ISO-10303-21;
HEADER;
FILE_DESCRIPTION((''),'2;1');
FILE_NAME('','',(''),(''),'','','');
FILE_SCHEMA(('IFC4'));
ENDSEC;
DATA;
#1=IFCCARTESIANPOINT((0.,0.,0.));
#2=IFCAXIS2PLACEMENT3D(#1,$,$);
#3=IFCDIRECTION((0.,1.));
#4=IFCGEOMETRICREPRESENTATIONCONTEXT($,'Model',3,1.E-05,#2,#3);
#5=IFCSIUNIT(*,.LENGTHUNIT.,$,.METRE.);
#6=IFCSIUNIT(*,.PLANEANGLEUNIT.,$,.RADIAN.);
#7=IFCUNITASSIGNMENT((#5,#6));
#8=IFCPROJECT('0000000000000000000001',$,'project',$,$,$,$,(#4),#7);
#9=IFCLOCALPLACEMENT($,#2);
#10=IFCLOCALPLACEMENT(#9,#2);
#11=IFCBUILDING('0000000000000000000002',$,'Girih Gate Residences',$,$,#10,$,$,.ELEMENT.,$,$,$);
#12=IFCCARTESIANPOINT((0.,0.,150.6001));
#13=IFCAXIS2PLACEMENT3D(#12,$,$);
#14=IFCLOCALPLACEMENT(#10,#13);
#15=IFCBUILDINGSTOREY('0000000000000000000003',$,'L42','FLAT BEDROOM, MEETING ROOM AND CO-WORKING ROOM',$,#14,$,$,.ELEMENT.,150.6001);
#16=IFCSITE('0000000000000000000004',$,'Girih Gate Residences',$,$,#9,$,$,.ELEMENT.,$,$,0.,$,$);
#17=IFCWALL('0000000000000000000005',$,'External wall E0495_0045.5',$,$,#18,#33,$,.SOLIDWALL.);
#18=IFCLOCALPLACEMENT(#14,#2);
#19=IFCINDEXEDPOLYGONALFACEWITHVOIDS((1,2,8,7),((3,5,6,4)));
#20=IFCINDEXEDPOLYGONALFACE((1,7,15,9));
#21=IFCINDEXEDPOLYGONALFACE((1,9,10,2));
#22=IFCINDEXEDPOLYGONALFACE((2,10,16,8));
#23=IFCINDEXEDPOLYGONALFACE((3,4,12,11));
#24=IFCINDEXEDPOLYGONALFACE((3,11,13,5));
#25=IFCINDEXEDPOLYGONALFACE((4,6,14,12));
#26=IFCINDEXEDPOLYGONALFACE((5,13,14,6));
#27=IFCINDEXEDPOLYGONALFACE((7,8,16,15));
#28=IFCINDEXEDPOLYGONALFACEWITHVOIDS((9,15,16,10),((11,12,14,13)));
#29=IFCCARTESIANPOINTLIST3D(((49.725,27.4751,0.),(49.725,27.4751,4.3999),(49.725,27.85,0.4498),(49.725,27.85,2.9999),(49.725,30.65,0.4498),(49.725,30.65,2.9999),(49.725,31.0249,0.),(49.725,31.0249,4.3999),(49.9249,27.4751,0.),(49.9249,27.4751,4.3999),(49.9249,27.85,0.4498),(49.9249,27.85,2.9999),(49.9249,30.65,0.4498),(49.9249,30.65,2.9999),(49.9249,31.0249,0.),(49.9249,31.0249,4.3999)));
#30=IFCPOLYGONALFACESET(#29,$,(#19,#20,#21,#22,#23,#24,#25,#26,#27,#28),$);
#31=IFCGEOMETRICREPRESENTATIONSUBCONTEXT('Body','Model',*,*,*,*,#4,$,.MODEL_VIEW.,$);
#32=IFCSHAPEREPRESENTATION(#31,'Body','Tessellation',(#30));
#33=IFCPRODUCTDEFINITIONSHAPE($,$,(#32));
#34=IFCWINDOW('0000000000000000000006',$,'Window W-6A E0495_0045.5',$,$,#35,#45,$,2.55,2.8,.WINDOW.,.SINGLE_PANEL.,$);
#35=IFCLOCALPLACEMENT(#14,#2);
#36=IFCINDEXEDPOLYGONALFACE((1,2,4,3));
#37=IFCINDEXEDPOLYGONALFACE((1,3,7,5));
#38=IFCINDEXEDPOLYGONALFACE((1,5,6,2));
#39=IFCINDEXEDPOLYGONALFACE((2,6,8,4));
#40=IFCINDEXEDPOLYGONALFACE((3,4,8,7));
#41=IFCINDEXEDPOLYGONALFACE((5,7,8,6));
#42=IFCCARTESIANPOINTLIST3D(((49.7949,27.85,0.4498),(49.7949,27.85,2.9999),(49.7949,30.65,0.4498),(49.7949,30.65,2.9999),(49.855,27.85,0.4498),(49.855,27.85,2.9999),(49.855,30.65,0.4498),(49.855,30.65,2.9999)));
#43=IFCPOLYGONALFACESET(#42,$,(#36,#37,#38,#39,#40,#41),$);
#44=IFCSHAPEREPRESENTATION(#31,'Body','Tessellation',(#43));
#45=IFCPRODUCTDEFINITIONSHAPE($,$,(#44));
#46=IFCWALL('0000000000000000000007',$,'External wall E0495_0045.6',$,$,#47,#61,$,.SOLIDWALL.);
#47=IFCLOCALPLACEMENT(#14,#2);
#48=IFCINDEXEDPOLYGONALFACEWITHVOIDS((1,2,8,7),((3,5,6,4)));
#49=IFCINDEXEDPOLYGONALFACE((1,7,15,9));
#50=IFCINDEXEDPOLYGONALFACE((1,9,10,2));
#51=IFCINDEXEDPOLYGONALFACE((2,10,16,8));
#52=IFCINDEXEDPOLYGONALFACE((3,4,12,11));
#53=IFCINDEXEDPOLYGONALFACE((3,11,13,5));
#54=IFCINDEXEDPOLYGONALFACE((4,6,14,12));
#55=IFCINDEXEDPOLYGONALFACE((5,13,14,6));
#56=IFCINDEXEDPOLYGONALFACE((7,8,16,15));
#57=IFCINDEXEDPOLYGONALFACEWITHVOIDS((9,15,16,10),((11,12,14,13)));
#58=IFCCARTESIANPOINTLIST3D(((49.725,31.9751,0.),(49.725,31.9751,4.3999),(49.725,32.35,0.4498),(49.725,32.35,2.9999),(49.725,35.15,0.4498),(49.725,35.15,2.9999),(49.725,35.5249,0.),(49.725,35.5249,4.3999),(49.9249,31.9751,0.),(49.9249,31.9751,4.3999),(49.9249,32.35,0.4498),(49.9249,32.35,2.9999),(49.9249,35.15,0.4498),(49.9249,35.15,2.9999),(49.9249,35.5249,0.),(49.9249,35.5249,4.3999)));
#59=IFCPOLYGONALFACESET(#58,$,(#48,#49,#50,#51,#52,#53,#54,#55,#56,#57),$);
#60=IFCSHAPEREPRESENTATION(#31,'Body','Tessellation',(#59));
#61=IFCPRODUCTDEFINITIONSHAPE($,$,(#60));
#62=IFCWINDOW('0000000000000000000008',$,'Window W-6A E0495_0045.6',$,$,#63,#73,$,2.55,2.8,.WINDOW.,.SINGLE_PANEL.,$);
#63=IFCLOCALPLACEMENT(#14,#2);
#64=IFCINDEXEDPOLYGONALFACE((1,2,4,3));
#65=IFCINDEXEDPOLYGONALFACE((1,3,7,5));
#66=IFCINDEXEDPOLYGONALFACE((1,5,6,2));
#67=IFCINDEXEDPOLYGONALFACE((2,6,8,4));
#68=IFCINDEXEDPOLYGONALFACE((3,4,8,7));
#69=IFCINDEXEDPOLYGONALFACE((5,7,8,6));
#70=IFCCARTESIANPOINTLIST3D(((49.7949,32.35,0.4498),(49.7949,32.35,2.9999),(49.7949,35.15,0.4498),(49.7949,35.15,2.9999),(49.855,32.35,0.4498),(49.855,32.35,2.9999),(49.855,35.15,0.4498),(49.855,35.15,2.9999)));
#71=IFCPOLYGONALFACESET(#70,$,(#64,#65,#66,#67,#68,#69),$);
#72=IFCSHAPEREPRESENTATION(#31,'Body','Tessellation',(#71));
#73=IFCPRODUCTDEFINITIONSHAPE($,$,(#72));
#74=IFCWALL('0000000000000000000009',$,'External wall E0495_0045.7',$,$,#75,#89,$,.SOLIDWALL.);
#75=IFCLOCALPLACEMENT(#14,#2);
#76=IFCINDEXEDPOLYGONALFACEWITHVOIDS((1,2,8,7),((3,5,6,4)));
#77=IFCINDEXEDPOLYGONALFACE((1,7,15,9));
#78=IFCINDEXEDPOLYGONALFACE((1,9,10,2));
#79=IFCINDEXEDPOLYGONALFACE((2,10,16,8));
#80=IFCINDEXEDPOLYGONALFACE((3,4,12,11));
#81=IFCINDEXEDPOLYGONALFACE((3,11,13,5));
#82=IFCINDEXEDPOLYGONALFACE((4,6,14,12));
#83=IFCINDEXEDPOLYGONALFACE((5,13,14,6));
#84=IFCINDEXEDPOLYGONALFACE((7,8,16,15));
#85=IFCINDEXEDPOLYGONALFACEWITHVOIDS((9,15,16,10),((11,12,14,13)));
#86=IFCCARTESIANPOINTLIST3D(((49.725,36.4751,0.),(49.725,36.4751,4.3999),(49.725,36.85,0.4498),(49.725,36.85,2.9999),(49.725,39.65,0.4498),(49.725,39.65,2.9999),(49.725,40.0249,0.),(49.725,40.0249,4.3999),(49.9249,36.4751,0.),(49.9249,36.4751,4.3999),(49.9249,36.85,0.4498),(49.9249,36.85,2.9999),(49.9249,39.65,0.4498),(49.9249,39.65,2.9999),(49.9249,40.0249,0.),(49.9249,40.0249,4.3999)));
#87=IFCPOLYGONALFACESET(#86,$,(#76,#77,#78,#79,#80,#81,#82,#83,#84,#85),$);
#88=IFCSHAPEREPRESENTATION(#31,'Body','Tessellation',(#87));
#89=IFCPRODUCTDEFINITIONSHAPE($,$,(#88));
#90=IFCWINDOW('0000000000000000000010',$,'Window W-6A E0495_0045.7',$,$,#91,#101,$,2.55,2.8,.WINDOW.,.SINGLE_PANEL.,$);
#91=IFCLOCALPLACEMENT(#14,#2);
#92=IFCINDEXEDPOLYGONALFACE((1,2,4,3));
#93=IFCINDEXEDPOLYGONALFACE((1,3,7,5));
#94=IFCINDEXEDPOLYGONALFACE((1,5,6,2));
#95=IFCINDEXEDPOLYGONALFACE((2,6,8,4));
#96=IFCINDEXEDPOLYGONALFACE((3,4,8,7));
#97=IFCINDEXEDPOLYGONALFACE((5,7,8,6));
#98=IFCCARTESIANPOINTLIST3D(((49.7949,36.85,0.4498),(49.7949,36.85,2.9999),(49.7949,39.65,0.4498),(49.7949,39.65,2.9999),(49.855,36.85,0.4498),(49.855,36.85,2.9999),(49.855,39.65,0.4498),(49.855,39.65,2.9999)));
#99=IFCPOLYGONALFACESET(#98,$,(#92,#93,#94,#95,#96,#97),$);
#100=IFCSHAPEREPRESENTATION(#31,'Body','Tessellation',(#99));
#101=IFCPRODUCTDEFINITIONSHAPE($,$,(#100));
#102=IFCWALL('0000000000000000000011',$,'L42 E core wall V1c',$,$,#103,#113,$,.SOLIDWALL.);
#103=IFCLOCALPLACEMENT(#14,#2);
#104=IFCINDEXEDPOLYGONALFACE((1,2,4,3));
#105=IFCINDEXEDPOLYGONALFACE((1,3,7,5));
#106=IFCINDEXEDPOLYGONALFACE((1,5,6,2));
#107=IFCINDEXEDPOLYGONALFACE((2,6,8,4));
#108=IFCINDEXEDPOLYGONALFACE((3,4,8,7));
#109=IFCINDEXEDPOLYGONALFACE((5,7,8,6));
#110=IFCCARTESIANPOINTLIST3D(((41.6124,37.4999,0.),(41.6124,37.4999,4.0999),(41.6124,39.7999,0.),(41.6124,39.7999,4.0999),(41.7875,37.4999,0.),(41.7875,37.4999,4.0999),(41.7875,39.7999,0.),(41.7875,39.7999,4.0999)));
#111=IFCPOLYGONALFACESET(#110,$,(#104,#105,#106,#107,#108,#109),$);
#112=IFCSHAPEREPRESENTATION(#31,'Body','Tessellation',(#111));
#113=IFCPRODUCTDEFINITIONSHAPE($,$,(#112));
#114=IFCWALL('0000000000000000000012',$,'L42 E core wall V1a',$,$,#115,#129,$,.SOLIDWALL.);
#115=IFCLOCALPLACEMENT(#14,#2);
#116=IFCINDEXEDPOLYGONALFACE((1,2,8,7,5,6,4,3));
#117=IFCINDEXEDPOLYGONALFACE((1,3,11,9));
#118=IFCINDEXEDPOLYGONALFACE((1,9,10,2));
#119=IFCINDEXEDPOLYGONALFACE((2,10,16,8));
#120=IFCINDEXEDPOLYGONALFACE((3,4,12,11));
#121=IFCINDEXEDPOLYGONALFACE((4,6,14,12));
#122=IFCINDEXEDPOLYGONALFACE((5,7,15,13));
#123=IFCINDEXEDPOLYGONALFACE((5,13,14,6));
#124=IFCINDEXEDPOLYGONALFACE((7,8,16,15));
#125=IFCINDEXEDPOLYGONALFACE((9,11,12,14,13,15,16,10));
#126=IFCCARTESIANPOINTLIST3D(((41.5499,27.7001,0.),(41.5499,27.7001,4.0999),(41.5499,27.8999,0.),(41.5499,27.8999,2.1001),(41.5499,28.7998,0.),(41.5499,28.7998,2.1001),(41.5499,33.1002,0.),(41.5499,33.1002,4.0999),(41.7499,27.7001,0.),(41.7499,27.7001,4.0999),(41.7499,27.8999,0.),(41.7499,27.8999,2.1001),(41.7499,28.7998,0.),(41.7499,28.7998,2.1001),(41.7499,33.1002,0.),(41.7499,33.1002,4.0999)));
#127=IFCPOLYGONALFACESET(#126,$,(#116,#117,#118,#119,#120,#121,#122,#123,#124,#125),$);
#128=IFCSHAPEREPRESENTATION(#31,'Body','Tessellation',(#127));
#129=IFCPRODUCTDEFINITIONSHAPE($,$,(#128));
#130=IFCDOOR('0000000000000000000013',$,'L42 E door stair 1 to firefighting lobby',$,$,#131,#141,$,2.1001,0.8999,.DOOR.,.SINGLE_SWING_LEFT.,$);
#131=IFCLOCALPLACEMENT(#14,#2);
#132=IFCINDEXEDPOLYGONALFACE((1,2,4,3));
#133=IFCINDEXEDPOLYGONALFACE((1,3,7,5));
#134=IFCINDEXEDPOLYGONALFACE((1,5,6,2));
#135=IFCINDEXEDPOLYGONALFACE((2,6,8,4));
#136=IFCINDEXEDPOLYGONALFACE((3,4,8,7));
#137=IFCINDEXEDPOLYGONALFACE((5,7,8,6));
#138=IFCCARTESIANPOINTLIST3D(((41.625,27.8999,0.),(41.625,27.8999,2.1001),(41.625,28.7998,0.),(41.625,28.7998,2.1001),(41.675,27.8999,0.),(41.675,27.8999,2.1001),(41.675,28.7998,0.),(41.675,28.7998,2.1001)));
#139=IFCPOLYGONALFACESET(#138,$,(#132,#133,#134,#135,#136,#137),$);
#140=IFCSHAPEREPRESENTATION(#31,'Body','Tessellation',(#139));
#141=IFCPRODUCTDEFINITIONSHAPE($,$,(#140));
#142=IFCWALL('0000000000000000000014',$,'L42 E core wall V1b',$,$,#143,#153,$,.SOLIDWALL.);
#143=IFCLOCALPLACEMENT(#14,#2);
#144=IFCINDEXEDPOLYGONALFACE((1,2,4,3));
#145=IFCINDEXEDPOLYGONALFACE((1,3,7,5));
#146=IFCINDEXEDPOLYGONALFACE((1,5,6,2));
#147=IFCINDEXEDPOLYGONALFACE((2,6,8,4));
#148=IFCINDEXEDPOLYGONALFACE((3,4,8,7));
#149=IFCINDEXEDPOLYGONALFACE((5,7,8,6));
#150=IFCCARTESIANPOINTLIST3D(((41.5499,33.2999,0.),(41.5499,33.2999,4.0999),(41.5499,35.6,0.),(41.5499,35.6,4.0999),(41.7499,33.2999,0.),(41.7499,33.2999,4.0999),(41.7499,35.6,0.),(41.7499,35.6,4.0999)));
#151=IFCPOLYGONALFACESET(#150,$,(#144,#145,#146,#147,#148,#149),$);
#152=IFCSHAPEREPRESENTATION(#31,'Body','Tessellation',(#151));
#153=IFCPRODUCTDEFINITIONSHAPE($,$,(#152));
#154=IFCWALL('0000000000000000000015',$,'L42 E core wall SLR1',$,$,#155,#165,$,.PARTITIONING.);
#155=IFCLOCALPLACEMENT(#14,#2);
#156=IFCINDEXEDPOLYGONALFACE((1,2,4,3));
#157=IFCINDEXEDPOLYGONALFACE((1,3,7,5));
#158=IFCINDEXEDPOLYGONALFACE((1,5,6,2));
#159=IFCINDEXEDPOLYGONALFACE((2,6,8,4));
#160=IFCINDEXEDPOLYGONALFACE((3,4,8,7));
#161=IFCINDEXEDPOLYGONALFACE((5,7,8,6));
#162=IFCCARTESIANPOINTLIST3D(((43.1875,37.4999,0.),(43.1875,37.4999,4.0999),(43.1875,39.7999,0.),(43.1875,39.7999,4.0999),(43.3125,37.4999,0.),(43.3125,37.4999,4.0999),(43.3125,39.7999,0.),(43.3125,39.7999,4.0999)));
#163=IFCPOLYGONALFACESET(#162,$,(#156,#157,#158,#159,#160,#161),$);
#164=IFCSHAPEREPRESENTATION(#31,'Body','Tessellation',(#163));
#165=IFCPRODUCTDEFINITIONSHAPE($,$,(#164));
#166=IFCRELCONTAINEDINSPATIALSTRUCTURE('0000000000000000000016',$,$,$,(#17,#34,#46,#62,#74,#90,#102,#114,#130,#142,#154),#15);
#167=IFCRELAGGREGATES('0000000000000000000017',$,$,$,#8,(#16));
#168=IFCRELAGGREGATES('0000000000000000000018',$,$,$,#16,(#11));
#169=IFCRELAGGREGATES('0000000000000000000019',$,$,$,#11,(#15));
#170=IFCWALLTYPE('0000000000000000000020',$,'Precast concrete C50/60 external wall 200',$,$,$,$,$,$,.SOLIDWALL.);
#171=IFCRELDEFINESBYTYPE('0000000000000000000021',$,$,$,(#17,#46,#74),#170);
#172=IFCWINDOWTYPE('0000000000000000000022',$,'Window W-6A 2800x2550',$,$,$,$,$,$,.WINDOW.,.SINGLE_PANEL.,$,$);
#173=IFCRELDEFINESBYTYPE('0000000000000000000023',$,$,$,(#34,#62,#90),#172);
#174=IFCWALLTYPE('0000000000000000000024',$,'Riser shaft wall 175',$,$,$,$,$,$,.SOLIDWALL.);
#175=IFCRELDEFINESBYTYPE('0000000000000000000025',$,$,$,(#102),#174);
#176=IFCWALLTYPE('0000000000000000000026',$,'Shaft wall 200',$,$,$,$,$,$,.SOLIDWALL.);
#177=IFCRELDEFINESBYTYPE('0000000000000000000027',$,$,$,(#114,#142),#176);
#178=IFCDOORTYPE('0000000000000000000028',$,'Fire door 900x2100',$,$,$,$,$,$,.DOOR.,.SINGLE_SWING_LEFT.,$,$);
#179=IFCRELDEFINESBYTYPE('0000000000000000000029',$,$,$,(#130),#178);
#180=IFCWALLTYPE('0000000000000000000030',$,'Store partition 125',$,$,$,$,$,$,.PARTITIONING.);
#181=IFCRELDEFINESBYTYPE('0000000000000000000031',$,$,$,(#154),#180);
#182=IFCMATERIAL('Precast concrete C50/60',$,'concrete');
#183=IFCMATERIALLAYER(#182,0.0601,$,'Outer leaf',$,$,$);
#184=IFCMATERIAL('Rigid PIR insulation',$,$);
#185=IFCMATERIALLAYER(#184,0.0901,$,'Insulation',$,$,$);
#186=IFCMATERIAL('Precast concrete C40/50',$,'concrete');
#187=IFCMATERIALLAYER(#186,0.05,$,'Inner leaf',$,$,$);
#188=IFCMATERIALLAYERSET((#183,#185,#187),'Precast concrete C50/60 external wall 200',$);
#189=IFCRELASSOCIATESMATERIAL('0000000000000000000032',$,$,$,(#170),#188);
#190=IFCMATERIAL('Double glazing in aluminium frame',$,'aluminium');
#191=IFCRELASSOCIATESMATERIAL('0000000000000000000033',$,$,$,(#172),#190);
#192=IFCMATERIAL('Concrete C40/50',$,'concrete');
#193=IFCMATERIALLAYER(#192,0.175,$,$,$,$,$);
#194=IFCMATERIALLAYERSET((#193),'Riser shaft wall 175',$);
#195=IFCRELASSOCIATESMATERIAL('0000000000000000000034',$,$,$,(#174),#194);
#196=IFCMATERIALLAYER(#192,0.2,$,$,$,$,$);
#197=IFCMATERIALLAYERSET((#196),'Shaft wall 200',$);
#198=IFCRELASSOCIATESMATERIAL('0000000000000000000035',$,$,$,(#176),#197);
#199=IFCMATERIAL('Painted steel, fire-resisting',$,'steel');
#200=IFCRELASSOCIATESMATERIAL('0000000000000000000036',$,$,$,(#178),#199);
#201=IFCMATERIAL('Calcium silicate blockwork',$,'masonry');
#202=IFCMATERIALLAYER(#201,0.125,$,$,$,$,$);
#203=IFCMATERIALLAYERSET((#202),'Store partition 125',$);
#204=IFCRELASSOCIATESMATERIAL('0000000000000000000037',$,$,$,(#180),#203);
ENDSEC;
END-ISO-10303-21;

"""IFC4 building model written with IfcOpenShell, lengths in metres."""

from ifc_helpers import new_model, si_unit, direction, frame, frame_2d, origin, place, context, subcontext, project, spatial, rectangle, extrude, material, layer, layer_set, type_object, element, fill, save


model = new_model("IFC4")

# Units and contexts
model_context = context("Model", 3, precision=1e-05, world=origin(), true_north=direction((0.0, 1.0)))
body_context = subcontext(model_context, "Body", "Model", "MODEL_VIEW")
ifc_project = project(units=[si_unit("LENGTHUNIT", "METRE"), si_unit("PLANEANGLEUNIT", "RADIAN")], contexts=[model_context])

# Site, building, storey
site_placement = place(None, origin())
site = spatial("IfcSite", under=ifc_project, at=site_placement, Name="Girih Gate Residences", CompositionType="ELEMENT", RefElevation=0.0)
building_placement = place(site_placement, origin())
building = spatial("IfcBuilding", under=site, at=building_placement, Name="Girih Gate Residences", CompositionType="ELEMENT")
storey_placement = place(building_placement, frame((0.0, 0.0, 150.6001)))
storey = spatial("IfcBuildingStorey", under=building, at=storey_placement, Name="L42", Description="FLAT BEDROOM, MEETING ROOM AND CO-WORKING ROOM", CompositionType="ELEMENT", Elevation=150.6001)

# Walls, openings, windows
ifc_material_1 = material(Name="Precast concrete C50/60", Category="concrete")
ifc_layer_1 = layer(ifc_material_1, 0.0601, Name="Outer leaf")
ifc_material_2 = material(Name="Rigid PIR insulation")
ifc_layer_2 = layer(ifc_material_2, 0.0901, Name="Insulation")
ifc_material_3 = material(Name="Precast concrete C40/50", Category="concrete")
ifc_layer_3 = layer(ifc_material_3, 0.05, Name="Inner leaf")
ifc_layer_set_1 = layer_set([ifc_layer_1, ifc_layer_2, ifc_layer_3], Name="Precast concrete C50/60 external wall 200")
wall_type_1 = type_object("IfcWallType", Name="Precast concrete C50/60 external wall 200", PredefinedType="SOLIDWALL", material=ifc_layer_set_1)
wall_1_placement = place(storey_placement, frame((49.825, 31.0249, 0.0), z_axis=(0.0, 0.0, 1.0), x_axis=(0.0, -1.0, 0.0)))
wall_1 = element("IfcWall", 1, at=wall_1_placement, inside=storey, type_object=wall_type_1, Name="External wall E0495_0045.5", PredefinedType="SOLIDWALL", context=body_context, shape_type="SweptSolid", body=[
    extrude(rectangle(XDim=3.5498, YDim=0.2, at=frame_2d((1.7749, 0.0))), origin(), (0.0, 0.0, 1.0), 4.3999),
])
opening_1_placement = place(wall_1_placement, frame((0.375, 0.0, 0.45)))
opening_1 = element("IfcOpeningElement", 2, at=opening_1_placement, cuts=wall_1, PredefinedType="OPENING", context=body_context, shape_type="SweptSolid", body=[
    extrude(rectangle(XDim=2.8, YDim=2.55, at=frame_2d((1.3999, 1.2749))), frame((0.0, 0.1099, 0.0), z_axis=(0.0, -1.0, 0.0), x_axis=(1.0, 0.0, 0.0)), (0.0, 0.0, 1.0), 0.22),
])
ifc_material_4 = material(Name="Double glazing in aluminium frame", Category="aluminium")
window_type = type_object("IfcWindowType", Name="Window W-6A 2800x2550", PartitioningType="SINGLE_PANEL", PredefinedType="WINDOW", material=ifc_material_4)
window_1_placement = place(opening_1_placement, origin())
window_1 = element("IfcWindow", 3, at=window_1_placement, inside=storey, type_object=window_type, Name="Window W-6A E0495_0045.5", OverallHeight=2.55, OverallWidth=2.8, PartitioningType="SINGLE_PANEL", PredefinedType="WINDOW", context=body_context, shape_type="SweptSolid", body=[
    extrude(rectangle(XDim=2.8, YDim=2.55, at=frame_2d((1.3999, 1.2749))), frame((0.0, 0.03, 0.0), z_axis=(0.0, -1.0, 0.0), x_axis=(1.0, 0.0, 0.0)), (0.0, 0.0, 1.0), 0.0601),
])
fill(opening_1, window_1)
wall_2_placement = place(storey_placement, frame((49.825, 35.5249, 0.0), z_axis=(0.0, 0.0, 1.0), x_axis=(0.0, -1.0, 0.0)))
wall_2 = element("IfcWall", 4, at=wall_2_placement, inside=storey, type_object=wall_type_1, Name="External wall E0495_0045.6", PredefinedType="SOLIDWALL", context=body_context, shape_type="SweptSolid", body=[
    extrude(rectangle(XDim=3.5498, YDim=0.2, at=frame_2d((1.7749, 0.0))), origin(), (0.0, 0.0, 1.0), 4.3999),
])
opening_2_placement = place(wall_2_placement, frame((0.375, 0.0, 0.45)))
opening_2 = element("IfcOpeningElement", 5, at=opening_2_placement, cuts=wall_2, PredefinedType="OPENING", context=body_context, shape_type="SweptSolid", body=[
    extrude(rectangle(XDim=2.8, YDim=2.55, at=frame_2d((1.3999, 1.2749))), frame((0.0, 0.1099, 0.0), z_axis=(0.0, -1.0, 0.0), x_axis=(1.0, 0.0, 0.0)), (0.0, 0.0, 1.0), 0.22),
])
window_2_placement = place(opening_2_placement, origin())
window_2 = element("IfcWindow", 6, at=window_2_placement, inside=storey, type_object=window_type, Name="Window W-6A E0495_0045.6", OverallHeight=2.55, OverallWidth=2.8, PartitioningType="SINGLE_PANEL", PredefinedType="WINDOW", context=body_context, shape_type="SweptSolid", body=[
    extrude(rectangle(XDim=2.8, YDim=2.55, at=frame_2d((1.3999, 1.2749))), frame((0.0, 0.03, 0.0), z_axis=(0.0, -1.0, 0.0), x_axis=(1.0, 0.0, 0.0)), (0.0, 0.0, 1.0), 0.0601),
])
fill(opening_2, window_2)
wall_3_placement = place(storey_placement, frame((49.825, 40.0249, 0.0), z_axis=(0.0, 0.0, 1.0), x_axis=(0.0, -1.0, 0.0)))
wall_3 = element("IfcWall", 7, at=wall_3_placement, inside=storey, type_object=wall_type_1, Name="External wall E0495_0045.7", PredefinedType="SOLIDWALL", context=body_context, shape_type="SweptSolid", body=[
    extrude(rectangle(XDim=3.5498, YDim=0.2, at=frame_2d((1.7749, 0.0))), origin(), (0.0, 0.0, 1.0), 4.3999),
])
opening_3_placement = place(wall_3_placement, frame((0.375, 0.0, 0.45)))
opening_3 = element("IfcOpeningElement", 8, at=opening_3_placement, cuts=wall_3, PredefinedType="OPENING", context=body_context, shape_type="SweptSolid", body=[
    extrude(rectangle(XDim=2.8, YDim=2.55, at=frame_2d((1.3999, 1.2749))), frame((0.0, 0.1099, 0.0), z_axis=(0.0, -1.0, 0.0), x_axis=(1.0, 0.0, 0.0)), (0.0, 0.0, 1.0), 0.22),
])
window_3_placement = place(opening_3_placement, origin())
window_3 = element("IfcWindow", 9, at=window_3_placement, inside=storey, type_object=window_type, Name="Window W-6A E0495_0045.7", OverallHeight=2.55, OverallWidth=2.8, PartitioningType="SINGLE_PANEL", PredefinedType="WINDOW", context=body_context, shape_type="SweptSolid", body=[
    extrude(rectangle(XDim=2.8, YDim=2.55, at=frame_2d((1.3999, 1.2749))), frame((0.0, 0.03, 0.0), z_axis=(0.0, -1.0, 0.0), x_axis=(1.0, 0.0, 0.0)), (0.0, 0.0, 1.0), 0.0601),
])
fill(opening_3, window_3)

# Wall
ifc_material_5 = material(Name="Concrete C40/50", Category="concrete")
ifc_layer_4 = layer(ifc_material_5, 0.175)
ifc_layer_set_2 = layer_set([ifc_layer_4], Name="Riser shaft wall 175")
wall_type_2 = type_object("IfcWallType", Name="Riser shaft wall 175", PredefinedType="SOLIDWALL", material=ifc_layer_set_2)
wall_4_placement = place(storey_placement, frame((41.7, 37.5, 0.0), z_axis=(0.0, 0.0, 1.0), x_axis=(0.0, 1.0, 0.0)))
element("IfcWall", 10, at=wall_4_placement, inside=storey, type_object=wall_type_2, Name="L42 E core wall V1c", PredefinedType="SOLIDWALL", context=body_context, shape_type="SweptSolid", body=[
    extrude(rectangle(XDim=2.3, YDim=0.175, at=frame_2d((1.1499, 0.0))), origin(), (0.0, 0.0, 1.0), 4.0999),
])

# Wall, opening, door
ifc_layer_5 = layer(ifc_material_5, 0.2)
ifc_layer_set_3 = layer_set([ifc_layer_5], Name="Shaft wall 200")
wall_type_3 = type_object("IfcWallType", Name="Shaft wall 200", PredefinedType="SOLIDWALL", material=ifc_layer_set_3)
wall_5_placement = place(storey_placement, frame((41.6499, 27.7, 0.0), z_axis=(0.0, 0.0, 1.0), x_axis=(0.0, 1.0, 0.0)))
wall_5 = element("IfcWall", 11, at=wall_5_placement, inside=storey, type_object=wall_type_3, Name="L42 E core wall V1a", PredefinedType="SOLIDWALL", context=body_context, shape_type="SweptSolid", body=[
    extrude(rectangle(XDim=5.4001, YDim=0.2, at=frame_2d((2.7002, 0.0))), origin(), (0.0, 0.0, 1.0), 4.0999),
])
opening_4_placement = place(wall_5_placement, frame((0.2, 0.0, 0.0)))
opening_4 = element("IfcOpeningElement", 12, at=opening_4_placement, cuts=wall_5, PredefinedType="OPENING", context=body_context, shape_type="SweptSolid", body=[
    extrude(rectangle(XDim=0.8999, YDim=2.1001, at=frame_2d((0.45, 1.05))), frame((0.0, 0.1099, 0.0), z_axis=(0.0, -1.0, 0.0), x_axis=(1.0, 0.0, 0.0)), (0.0, 0.0, 1.0), 0.22),
])
ifc_material_6 = material(Name="Painted steel, fire-resisting", Category="steel")
door_type_1 = type_object("IfcDoorType", Name="Fire door 900x2100", OperationType="SINGLE_SWING_LEFT", PredefinedType="DOOR", material=ifc_material_6)
door_1_placement = place(opening_4_placement, origin())
door_1 = element("IfcDoor", 13, at=door_1_placement, inside=storey, type_object=door_type_1, Name="L42 E door stair 1 to firefighting lobby", OperationType="SINGLE_SWING_LEFT", OverallHeight=2.1001, OverallWidth=0.8999, PredefinedType="DOOR", context=body_context, shape_type="SweptSolid", body=[
    extrude(rectangle(XDim=0.8999, YDim=2.1001, at=frame_2d((0.45, 1.05))), frame((0.0, 0.0249, 0.0), z_axis=(0.0, -1.0, 0.0), x_axis=(1.0, 0.0, 0.0)), (0.0, 0.0, 1.0), 0.05),
])
fill(opening_4, door_1)

# Walls
wall_6_placement = place(storey_placement, frame((41.6499, 33.3, 0.0), z_axis=(0.0, 0.0, 1.0), x_axis=(0.0, 1.0, 0.0)))
element("IfcWall", 14, at=wall_6_placement, inside=storey, type_object=wall_type_3, Name="L42 E core wall V1b", PredefinedType="SOLIDWALL", context=body_context, shape_type="SweptSolid", body=[
    extrude(rectangle(XDim=2.3, YDim=0.2, at=frame_2d((1.1499, 0.0))), origin(), (0.0, 0.0, 1.0), 4.0999),
])
ifc_material_7 = material(Name="Calcium silicate blockwork", Category="masonry")
ifc_layer_6 = layer(ifc_material_7, 0.125)
ifc_layer_set_4 = layer_set([ifc_layer_6], Name="Store partition 125")
wall_type_4 = type_object("IfcWallType", Name="Store partition 125", PredefinedType="PARTITIONING", material=ifc_layer_set_4)
wall_7_placement = place(storey_placement, frame((43.25, 37.5, 0.0), z_axis=(0.0, 0.0, 1.0), x_axis=(0.0, 1.0, 0.0)))
element("IfcWall", 15, at=wall_7_placement, inside=storey, type_object=wall_type_4, Name="L42 E core wall SLR1", PredefinedType="PARTITIONING", context=body_context, shape_type="SweptSolid", body=[
    extrude(rectangle(XDim=2.3, YDim=0.125, at=frame_2d((1.1499, 0.0))), origin(), (0.0, 0.0, 1.0), 4.0999),
])

save(model, "model.ifc")
